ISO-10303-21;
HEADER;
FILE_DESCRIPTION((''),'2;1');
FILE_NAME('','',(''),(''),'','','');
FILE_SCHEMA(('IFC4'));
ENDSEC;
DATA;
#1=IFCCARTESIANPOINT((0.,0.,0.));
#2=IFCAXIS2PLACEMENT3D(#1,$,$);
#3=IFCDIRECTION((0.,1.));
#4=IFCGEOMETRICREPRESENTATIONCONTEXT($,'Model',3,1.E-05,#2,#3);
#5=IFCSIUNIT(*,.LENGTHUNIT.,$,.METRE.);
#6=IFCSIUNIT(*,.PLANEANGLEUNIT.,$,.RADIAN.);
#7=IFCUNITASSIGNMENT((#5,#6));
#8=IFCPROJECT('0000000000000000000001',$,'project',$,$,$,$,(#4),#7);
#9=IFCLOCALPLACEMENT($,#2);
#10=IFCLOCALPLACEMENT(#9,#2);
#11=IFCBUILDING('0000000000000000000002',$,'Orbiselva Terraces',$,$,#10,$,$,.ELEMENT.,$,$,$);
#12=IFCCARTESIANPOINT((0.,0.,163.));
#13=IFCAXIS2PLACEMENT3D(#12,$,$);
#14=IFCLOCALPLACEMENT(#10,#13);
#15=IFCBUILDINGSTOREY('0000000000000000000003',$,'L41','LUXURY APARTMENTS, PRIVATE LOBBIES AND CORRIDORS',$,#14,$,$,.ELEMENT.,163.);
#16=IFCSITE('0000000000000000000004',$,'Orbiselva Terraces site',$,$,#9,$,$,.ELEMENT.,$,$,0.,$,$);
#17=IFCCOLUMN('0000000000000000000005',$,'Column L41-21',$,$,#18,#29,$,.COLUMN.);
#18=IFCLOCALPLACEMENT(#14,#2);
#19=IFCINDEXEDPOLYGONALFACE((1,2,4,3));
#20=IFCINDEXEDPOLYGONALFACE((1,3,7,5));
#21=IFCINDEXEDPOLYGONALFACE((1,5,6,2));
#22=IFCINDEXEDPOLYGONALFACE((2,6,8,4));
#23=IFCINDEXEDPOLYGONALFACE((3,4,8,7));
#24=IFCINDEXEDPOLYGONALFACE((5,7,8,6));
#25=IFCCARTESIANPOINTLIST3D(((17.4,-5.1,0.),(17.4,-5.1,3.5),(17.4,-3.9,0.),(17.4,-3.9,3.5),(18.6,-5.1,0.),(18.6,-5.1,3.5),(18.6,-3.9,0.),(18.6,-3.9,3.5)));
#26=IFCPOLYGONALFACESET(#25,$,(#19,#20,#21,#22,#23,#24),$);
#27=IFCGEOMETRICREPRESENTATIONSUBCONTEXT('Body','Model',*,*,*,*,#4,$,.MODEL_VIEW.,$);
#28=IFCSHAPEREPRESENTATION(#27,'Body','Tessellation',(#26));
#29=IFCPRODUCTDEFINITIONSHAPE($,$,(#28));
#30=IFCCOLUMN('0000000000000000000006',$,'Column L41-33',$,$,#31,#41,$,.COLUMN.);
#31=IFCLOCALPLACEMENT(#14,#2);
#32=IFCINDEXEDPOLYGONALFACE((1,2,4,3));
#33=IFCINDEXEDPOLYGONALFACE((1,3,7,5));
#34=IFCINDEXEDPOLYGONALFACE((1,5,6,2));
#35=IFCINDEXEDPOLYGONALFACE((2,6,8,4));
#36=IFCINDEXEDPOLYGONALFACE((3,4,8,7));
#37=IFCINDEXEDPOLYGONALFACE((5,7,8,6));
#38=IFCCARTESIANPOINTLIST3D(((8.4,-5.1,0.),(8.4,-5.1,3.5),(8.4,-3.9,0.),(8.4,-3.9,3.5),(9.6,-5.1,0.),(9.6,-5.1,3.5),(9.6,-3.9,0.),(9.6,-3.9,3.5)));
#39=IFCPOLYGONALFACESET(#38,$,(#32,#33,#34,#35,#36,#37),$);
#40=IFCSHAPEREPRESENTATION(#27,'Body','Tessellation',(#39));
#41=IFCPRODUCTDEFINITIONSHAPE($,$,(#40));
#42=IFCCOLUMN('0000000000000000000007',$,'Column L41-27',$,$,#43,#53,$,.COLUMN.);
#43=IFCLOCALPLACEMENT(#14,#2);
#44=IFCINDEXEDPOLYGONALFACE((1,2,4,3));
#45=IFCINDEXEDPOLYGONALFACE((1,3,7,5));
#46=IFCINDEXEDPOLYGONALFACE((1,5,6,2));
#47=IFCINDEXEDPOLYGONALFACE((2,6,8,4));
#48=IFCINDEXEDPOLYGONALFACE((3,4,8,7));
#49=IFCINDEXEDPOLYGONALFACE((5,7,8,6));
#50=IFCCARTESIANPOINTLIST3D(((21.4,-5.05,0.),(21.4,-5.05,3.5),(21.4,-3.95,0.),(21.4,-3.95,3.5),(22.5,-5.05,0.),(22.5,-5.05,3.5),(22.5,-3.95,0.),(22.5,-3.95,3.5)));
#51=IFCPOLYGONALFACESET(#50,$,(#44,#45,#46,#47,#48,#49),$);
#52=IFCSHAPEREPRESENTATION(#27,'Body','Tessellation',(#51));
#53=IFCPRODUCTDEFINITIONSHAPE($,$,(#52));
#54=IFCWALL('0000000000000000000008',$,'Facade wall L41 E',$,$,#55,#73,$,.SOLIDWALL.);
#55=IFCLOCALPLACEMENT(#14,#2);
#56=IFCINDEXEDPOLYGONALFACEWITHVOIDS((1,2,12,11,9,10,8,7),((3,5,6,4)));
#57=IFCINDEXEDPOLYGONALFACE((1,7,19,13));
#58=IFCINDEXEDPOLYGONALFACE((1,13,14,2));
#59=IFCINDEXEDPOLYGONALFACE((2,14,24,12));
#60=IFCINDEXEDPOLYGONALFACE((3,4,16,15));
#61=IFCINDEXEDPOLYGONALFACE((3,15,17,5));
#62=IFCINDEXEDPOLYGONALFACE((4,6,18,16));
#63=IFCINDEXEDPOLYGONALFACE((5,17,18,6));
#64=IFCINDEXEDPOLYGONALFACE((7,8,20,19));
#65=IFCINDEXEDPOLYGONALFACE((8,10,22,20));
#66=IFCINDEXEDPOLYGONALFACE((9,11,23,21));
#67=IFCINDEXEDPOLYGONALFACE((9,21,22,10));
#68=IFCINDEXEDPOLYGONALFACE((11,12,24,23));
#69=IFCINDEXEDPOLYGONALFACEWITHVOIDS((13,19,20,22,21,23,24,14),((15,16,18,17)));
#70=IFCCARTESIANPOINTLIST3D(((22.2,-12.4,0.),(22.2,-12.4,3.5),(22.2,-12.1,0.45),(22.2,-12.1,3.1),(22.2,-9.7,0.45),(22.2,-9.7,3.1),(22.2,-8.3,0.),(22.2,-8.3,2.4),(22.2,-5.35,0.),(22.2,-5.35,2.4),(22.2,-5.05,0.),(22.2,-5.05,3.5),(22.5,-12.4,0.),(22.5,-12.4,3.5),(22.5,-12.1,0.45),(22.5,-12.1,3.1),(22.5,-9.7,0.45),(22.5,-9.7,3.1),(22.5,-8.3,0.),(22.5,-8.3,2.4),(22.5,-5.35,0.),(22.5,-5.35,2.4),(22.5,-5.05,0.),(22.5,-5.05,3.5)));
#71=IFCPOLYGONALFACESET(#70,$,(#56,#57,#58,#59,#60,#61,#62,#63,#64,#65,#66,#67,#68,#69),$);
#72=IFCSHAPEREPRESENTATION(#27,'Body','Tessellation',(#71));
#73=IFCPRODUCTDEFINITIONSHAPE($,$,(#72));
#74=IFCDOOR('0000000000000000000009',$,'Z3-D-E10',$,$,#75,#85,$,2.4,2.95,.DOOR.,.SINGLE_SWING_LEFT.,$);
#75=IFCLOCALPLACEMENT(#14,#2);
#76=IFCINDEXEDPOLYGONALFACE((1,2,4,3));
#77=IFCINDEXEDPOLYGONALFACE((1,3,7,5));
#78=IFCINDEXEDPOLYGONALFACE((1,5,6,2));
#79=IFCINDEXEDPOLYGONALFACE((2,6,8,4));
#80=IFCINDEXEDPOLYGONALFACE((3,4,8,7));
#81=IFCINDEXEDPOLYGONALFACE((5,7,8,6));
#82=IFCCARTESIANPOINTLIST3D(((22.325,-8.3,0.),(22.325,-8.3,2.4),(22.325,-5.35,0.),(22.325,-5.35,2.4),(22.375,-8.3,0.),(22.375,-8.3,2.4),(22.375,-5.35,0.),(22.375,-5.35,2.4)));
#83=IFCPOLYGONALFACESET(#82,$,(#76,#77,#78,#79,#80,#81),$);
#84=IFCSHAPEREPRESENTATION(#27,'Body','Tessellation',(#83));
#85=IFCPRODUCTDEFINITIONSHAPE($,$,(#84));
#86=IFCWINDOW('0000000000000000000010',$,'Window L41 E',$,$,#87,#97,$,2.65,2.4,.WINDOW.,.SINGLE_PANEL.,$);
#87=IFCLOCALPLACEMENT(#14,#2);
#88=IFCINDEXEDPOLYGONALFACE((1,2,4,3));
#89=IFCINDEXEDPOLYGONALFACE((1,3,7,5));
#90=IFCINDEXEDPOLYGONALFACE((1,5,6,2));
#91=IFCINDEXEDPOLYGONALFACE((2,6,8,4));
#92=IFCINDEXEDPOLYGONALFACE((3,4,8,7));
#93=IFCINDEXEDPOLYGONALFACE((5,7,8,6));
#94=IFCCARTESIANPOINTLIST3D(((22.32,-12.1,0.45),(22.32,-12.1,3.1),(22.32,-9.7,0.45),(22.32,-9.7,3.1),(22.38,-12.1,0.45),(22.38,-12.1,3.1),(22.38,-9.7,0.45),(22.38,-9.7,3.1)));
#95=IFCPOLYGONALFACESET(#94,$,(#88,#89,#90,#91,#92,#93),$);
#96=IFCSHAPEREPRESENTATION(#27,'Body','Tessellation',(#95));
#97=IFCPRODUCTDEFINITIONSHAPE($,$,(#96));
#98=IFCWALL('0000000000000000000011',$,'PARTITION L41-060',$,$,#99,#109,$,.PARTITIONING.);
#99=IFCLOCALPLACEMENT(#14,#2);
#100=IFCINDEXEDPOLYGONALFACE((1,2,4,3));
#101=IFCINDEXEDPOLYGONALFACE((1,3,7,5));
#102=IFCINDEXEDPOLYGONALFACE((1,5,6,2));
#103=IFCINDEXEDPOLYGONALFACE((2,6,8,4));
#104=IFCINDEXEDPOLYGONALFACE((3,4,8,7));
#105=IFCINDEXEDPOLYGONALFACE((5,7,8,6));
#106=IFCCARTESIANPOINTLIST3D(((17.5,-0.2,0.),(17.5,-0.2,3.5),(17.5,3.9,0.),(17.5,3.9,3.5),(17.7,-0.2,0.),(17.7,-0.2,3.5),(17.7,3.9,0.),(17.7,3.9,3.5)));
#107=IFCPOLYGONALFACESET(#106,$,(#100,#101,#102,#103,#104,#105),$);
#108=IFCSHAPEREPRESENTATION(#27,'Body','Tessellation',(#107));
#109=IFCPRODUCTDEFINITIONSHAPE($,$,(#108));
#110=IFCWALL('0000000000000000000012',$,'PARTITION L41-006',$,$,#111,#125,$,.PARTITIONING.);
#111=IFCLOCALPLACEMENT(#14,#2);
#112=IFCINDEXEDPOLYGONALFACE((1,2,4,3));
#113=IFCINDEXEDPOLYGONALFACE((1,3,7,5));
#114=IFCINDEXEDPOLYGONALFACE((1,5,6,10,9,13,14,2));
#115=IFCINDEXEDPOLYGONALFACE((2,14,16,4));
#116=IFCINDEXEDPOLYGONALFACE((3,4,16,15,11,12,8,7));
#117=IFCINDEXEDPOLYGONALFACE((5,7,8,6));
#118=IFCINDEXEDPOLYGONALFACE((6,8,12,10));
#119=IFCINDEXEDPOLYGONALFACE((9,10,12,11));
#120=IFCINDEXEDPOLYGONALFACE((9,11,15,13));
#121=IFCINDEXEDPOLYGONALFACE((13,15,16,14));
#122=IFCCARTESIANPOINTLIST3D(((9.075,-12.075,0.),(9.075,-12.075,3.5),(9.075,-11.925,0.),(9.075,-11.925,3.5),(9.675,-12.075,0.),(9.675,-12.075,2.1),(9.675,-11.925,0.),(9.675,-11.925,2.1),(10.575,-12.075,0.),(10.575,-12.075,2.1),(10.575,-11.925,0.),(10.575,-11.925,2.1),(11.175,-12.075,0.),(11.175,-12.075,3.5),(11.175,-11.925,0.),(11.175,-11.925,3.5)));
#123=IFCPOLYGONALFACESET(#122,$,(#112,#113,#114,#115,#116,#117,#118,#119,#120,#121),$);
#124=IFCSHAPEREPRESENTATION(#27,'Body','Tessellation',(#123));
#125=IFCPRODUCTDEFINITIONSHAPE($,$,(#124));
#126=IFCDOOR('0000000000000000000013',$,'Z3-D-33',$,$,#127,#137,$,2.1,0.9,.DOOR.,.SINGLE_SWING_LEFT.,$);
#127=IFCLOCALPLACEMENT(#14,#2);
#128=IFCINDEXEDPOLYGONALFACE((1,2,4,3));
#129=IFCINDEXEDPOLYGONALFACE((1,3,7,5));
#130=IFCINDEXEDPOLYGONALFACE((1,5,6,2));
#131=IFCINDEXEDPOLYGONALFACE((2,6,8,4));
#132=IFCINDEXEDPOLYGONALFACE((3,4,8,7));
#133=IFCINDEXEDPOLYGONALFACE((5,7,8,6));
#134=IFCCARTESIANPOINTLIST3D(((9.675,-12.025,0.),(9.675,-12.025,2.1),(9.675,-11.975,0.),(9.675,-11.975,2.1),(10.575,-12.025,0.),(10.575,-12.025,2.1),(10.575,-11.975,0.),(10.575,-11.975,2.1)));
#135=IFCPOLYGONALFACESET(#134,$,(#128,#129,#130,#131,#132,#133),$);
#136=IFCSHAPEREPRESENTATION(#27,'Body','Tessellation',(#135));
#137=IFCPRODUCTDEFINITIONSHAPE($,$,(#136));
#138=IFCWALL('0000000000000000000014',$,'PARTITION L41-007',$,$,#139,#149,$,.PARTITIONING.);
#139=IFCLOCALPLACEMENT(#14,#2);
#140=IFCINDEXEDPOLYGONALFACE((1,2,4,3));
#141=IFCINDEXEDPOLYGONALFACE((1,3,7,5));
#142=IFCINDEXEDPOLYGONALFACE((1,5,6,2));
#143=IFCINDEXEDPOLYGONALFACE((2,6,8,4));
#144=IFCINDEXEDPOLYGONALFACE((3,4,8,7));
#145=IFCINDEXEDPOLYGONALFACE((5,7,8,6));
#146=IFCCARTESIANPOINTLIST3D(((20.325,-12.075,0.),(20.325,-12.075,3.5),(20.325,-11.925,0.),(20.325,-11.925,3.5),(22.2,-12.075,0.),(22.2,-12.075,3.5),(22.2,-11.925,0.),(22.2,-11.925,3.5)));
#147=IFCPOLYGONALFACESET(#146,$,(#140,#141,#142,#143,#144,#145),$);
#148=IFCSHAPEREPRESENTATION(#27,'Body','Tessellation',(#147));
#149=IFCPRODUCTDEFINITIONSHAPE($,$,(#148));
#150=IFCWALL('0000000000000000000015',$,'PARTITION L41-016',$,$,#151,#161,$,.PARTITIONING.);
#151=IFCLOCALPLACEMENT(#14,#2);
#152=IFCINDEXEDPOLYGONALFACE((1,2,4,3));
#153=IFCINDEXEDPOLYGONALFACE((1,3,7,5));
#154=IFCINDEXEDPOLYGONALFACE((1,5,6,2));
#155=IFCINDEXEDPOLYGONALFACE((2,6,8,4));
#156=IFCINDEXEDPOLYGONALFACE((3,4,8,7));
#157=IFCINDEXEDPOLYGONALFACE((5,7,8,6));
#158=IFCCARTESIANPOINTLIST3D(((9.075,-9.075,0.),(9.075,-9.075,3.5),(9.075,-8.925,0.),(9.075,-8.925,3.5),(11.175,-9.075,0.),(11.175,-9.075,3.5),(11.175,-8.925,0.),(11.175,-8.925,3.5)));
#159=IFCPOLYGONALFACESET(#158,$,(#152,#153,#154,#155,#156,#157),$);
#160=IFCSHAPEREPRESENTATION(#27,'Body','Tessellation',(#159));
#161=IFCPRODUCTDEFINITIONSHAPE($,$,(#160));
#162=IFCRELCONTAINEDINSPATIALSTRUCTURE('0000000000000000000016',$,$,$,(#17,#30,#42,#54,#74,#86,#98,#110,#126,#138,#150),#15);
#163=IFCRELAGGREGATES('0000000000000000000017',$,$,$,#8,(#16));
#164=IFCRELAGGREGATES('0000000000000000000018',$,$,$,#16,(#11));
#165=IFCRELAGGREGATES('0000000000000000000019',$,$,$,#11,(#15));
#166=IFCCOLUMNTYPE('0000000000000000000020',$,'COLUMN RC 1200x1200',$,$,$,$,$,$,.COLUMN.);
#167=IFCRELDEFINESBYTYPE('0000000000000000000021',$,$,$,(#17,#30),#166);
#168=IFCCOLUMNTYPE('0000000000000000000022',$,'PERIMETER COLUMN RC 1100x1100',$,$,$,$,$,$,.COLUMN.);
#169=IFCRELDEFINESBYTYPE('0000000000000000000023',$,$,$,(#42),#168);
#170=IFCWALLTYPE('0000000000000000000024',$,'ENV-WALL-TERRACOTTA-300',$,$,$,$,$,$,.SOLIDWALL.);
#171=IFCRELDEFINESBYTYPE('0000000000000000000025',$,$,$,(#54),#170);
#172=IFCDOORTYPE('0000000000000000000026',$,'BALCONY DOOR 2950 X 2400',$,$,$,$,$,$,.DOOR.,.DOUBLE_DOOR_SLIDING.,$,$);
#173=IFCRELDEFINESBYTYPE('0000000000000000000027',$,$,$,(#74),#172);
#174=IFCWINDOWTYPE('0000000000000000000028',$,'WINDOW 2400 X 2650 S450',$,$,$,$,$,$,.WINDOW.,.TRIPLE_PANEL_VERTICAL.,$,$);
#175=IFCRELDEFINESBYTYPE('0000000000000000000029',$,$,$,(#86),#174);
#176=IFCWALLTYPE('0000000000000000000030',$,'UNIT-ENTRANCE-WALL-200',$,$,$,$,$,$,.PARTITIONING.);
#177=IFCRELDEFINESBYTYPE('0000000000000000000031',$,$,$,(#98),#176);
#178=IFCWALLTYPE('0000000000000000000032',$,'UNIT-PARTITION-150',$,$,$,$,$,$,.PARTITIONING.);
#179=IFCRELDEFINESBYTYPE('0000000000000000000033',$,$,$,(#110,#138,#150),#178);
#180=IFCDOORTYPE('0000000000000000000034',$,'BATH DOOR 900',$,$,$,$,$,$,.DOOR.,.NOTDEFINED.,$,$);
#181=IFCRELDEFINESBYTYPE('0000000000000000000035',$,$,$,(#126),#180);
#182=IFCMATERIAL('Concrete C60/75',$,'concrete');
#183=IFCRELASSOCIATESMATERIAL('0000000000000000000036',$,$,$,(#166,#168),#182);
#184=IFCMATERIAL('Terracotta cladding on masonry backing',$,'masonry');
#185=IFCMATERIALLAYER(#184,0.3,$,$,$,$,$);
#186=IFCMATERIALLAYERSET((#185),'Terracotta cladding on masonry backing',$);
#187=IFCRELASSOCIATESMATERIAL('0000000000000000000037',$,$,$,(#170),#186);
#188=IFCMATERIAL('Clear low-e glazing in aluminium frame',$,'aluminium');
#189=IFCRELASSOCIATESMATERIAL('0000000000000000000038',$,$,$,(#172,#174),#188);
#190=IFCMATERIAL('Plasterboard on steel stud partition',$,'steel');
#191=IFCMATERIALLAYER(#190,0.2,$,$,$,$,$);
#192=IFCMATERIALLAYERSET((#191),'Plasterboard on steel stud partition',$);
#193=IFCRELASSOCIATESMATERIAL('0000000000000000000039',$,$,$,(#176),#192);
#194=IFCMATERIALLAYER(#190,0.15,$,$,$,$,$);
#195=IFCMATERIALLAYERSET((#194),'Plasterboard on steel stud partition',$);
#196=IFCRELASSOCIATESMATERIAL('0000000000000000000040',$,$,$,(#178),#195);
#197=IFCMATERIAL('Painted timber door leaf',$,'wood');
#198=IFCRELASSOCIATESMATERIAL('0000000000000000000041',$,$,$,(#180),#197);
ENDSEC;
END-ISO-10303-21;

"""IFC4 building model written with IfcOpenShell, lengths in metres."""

from ifc_helpers import new_model, si_unit, direction, frame, frame_2d, origin, origin_2d, place, context, subcontext, project, spatial, rectangle, extrude, material, layer, layer_set, material_profile, profile_set, type_object, element, fill, save


model = new_model("IFC4")

# Units and contexts
model_context = context("Model", 3, precision=1e-05, world=origin(), true_north=direction((0.0, 1.0)))
body_context = subcontext(model_context, "Body", "Model", "MODEL_VIEW")
ifc_project = project(units=[si_unit("LENGTHUNIT", "METRE"), si_unit("PLANEANGLEUNIT", "RADIAN")], contexts=[model_context])

# Site, building, storey
site_placement = place(None, origin())
site = spatial("IfcSite", under=ifc_project, at=site_placement, Name="Orbiselva Terraces site", CompositionType="ELEMENT", RefElevation=0.0)
building_placement = place(site_placement, origin())
building = spatial("IfcBuilding", under=site, at=building_placement, Name="Orbiselva Terraces", CompositionType="ELEMENT")
storey_placement = place(building_placement, frame((0.0, 0.0, 163.0)))
storey = spatial("IfcBuildingStorey", under=building, at=storey_placement, Name="L41", Description="LUXURY APARTMENTS, PRIVATE LOBBIES AND CORRIDORS", CompositionType="ELEMENT", Elevation=163.0)

# Columns
ifc_material_1 = material(Name="Concrete C60/75", Category="concrete")
ifc_material_profile_1 = material_profile(ifc_material_1, rectangle(XDim=1.2, YDim=1.2, at=origin_2d()), Name="RC 1200x1200")
ifc_profile_set_1 = profile_set([ifc_material_profile_1], Name="Concrete C60/75")
column_type_1 = type_object("IfcColumnType", Name="COLUMN RC 1200x1200", PredefinedType="COLUMN", material=ifc_profile_set_1)
for number, where, z_axis, x_axis, name in (
    (1, (18.0, -4.5, 0.0), (0.0, 0.0, 1.0), (1.0, 0.0, 0.0), "Column L41-21"),
    (2, (9.0, -4.5, 0.0), (0.0, 0.0, 1.0), (1.0, 0.0, 0.0), "Column L41-33"),
):
    element("IfcColumn", number, at=place(storey_placement, frame(where, z_axis=z_axis, x_axis=x_axis)), inside=storey, type_object=column_type_1, Name=name, PredefinedType="COLUMN", context=body_context, shape_type="SweptSolid", body=[
        extrude(rectangle(XDim=1.2, YDim=1.2, at=origin_2d()), origin(), (0.0, 0.0, 1.0), 3.5),
    ])
ifc_material_profile_2 = material_profile(ifc_material_1, rectangle(XDim=1.1, YDim=1.1, at=origin_2d()), Name="RC 1100x1100")
ifc_profile_set_2 = profile_set([ifc_material_profile_2], Name="Concrete C60/75")
column_type_2 = type_object("IfcColumnType", Name="PERIMETER COLUMN RC 1100x1100", PredefinedType="COLUMN", material=ifc_profile_set_2)
column_placement = place(storey_placement, frame((21.95, -4.5, 0.0), z_axis=(0.0, 0.0, 1.0), x_axis=(1.0, 0.0, 0.0)))
element("IfcColumn", 3, at=column_placement, inside=storey, type_object=column_type_2, Name="Column L41-27", PredefinedType="COLUMN", context=body_context, shape_type="SweptSolid", body=[
    extrude(rectangle(XDim=1.1, YDim=1.1, at=origin_2d()), origin(), (0.0, 0.0, 1.0), 3.5),
])

# Wall, openings, door, window
ifc_material_2 = material(Name="Terracotta cladding on masonry backing", Category="masonry")
ifc_layer_1 = layer(ifc_material_2, 0.3)
ifc_layer_set_1 = layer_set([ifc_layer_1], Name="Terracotta cladding on masonry backing")
wall_type_1 = type_object("IfcWallType", Name="ENV-WALL-TERRACOTTA-300", PredefinedType="SOLIDWALL", material=ifc_layer_set_1)
wall_1_placement = place(storey_placement, frame((22.35, -5.05, 0.0), z_axis=(0.0, 0.0, 1.0), x_axis=(0.0, -1.0, 0.0)))
wall_1 = element("IfcWall", 4, at=wall_1_placement, inside=storey, type_object=wall_type_1, Name="Facade wall L41 E", PredefinedType="SOLIDWALL", context=body_context, shape_type="SweptSolid", body=[
    extrude(rectangle(XDim=7.35, YDim=0.3, at=frame_2d((3.675, 0.0))), origin(), (0.0, 0.0, 1.0), 3.5),
])
opening_1_placement = place(wall_1_placement, frame((4.65, 0.0, 0.45)))
opening_1 = element("IfcOpeningElement", 5, at=opening_1_placement, cuts=wall_1, PredefinedType="OPENING", context=body_context, shape_type="SweptSolid", body=[
    extrude(rectangle(XDim=2.4, YDim=2.65, at=frame_2d((1.2, 1.325))), frame((0.0, 0.16, 0.0), z_axis=(0.0, -1.0, 0.0), x_axis=(1.0, 0.0, 0.0)), (0.0, 0.0, 1.0), 0.32),
])
opening_2_placement = place(wall_1_placement, frame((0.3, 0.0, 0.0)))
opening_2 = element("IfcOpeningElement", 6, at=opening_2_placement, cuts=wall_1, PredefinedType="OPENING", context=body_context, shape_type="SweptSolid", body=[
    extrude(rectangle(XDim=2.95, YDim=2.4, at=frame_2d((1.475, 1.2))), frame((0.0, 0.16, 0.0), z_axis=(0.0, -1.0, 0.0), x_axis=(1.0, 0.0, 0.0)), (0.0, 0.0, 1.0), 0.32),
])
ifc_material_3 = material(Name="Clear low-e glazing in aluminium frame", Category="aluminium")
door_type_1 = type_object("IfcDoorType", Name="BALCONY DOOR 2950 X 2400", OperationType="DOUBLE_DOOR_SLIDING", PredefinedType="DOOR", material=ifc_material_3)
door_1_placement = place(opening_2_placement, origin())
door_1 = element("IfcDoor", 7, at=door_1_placement, inside=storey, type_object=door_type_1, Name="Z3-D-E10", OperationType="SINGLE_SWING_LEFT", OverallHeight=2.4, OverallWidth=2.95, PredefinedType="DOOR", context=body_context, shape_type="SweptSolid", body=[
    extrude(rectangle(XDim=2.95, YDim=2.4, at=frame_2d((1.475, 1.2))), frame((0.0, 0.025, 0.0), z_axis=(0.0, -1.0, 0.0), x_axis=(1.0, 0.0, 0.0)), (0.0, 0.0, 1.0), 0.05),
])
fill(opening_2, door_1)
window_type = type_object("IfcWindowType", Name="WINDOW 2400 X 2650 S450", PartitioningType="TRIPLE_PANEL_VERTICAL", PredefinedType="WINDOW", material=ifc_material_3)
window_placement = place(opening_1_placement, origin())
window = element("IfcWindow", 8, at=window_placement, inside=storey, type_object=window_type, Name="Window L41 E", OverallHeight=2.65, OverallWidth=2.4, PartitioningType="SINGLE_PANEL", PredefinedType="WINDOW", context=body_context, shape_type="SweptSolid", body=[
    extrude(rectangle(XDim=2.4, YDim=2.65, at=frame_2d((1.2, 1.325))), frame((0.0, 0.03, 0.0), z_axis=(0.0, -1.0, 0.0), x_axis=(1.0, 0.0, 0.0)), (0.0, 0.0, 1.0), 0.06),
])
fill(opening_1, window)

# Wall
ifc_material_4 = material(Name="Plasterboard on steel stud partition", Category="steel")
ifc_layer_2 = layer(ifc_material_4, 0.2)
ifc_layer_set_2 = layer_set([ifc_layer_2], Name="Plasterboard on steel stud partition")
wall_type_2 = type_object("IfcWallType", Name="UNIT-ENTRANCE-WALL-200", PredefinedType="PARTITIONING", material=ifc_layer_set_2)
wall_2_placement = place(storey_placement, frame((17.6, -0.2, 0.0), z_axis=(0.0, 0.0, 1.0), x_axis=(0.0, 1.0, 0.0)))
element("IfcWall", 9, at=wall_2_placement, inside=storey, type_object=wall_type_2, Name="PARTITION L41-060", PredefinedType="PARTITIONING", context=body_context, shape_type="SweptSolid", body=[
    extrude(rectangle(XDim=4.1, YDim=0.2, at=frame_2d((2.05, 0.0))), origin(), (0.0, 0.0, 1.0), 3.5),
])

# Wall, opening, door
ifc_layer_3 = layer(ifc_material_4, 0.15)
ifc_layer_set_3 = layer_set([ifc_layer_3], Name="Plasterboard on steel stud partition")
wall_type_3 = type_object("IfcWallType", Name="UNIT-PARTITION-150", PredefinedType="PARTITIONING", material=ifc_layer_set_3)
wall_3_placement = place(storey_placement, frame((9.075, -12.0, 0.0), z_axis=(0.0, 0.0, 1.0), x_axis=(1.0, 0.0, 0.0)))
wall_3 = element("IfcWall", 10, at=wall_3_placement, inside=storey, type_object=wall_type_3, Name="PARTITION L41-006", PredefinedType="PARTITIONING", context=body_context, shape_type="SweptSolid", body=[
    extrude(rectangle(XDim=2.1, YDim=0.15, at=frame_2d((1.05, 0.0))), origin(), (0.0, 0.0, 1.0), 3.5),
])
opening_3_placement = place(wall_3_placement, frame((0.6, 0.0, 0.0)))
opening_3 = element("IfcOpeningElement", 11, at=opening_3_placement, cuts=wall_3, PredefinedType="OPENING", context=body_context, shape_type="SweptSolid", body=[
    extrude(rectangle(XDim=0.9, YDim=2.1, at=frame_2d((0.45, 1.05))), frame((0.0, 0.085, 0.0), z_axis=(0.0, -1.0, 0.0), x_axis=(1.0, 0.0, 0.0)), (0.0, 0.0, 1.0), 0.17),
])
ifc_material_5 = material(Name="Painted timber door leaf", Category="wood")
door_type_2 = type_object("IfcDoorType", Name="BATH DOOR 900", OperationType="NOTDEFINED", PredefinedType="DOOR", material=ifc_material_5)
door_2_placement = place(opening_3_placement, origin())
door_2 = element("IfcDoor", 12, at=door_2_placement, inside=storey, type_object=door_type_2, Name="Z3-D-33", OperationType="SINGLE_SWING_LEFT", OverallHeight=2.1, OverallWidth=0.9, PredefinedType="DOOR", context=body_context, shape_type="SweptSolid", body=[
    extrude(rectangle(XDim=0.9, YDim=2.1, at=frame_2d((0.45, 1.05))), frame((0.0, 0.025, 0.0), z_axis=(0.0, -1.0, 0.0), x_axis=(1.0, 0.0, 0.0)), (0.0, 0.0, 1.0), 0.05),
])
fill(opening_3, door_2)

# Walls
wall_4_placement = place(storey_placement, frame((20.325, -12.0, 0.0), z_axis=(0.0, 0.0, 1.0), x_axis=(1.0, 0.0, 0.0)))
element("IfcWall", 13, at=wall_4_placement, inside=storey, type_object=wall_type_3, Name="PARTITION L41-007", PredefinedType="PARTITIONING", context=body_context, shape_type="SweptSolid", body=[
    extrude(rectangle(XDim=1.875, YDim=0.15, at=frame_2d((0.9375, 0.0))), origin(), (0.0, 0.0, 1.0), 3.5),
])
wall_5_placement = place(storey_placement, frame((9.075, -9.0, 0.0), z_axis=(0.0, 0.0, 1.0), x_axis=(1.0, 0.0, 0.0)))
element("IfcWall", 14, at=wall_5_placement, inside=storey, type_object=wall_type_3, Name="PARTITION L41-016", PredefinedType="PARTITIONING", context=body_context, shape_type="SweptSolid", body=[
    extrude(rectangle(XDim=2.1, YDim=0.15, at=frame_2d((1.05, 0.0))), origin(), (0.0, 0.0, 1.0), 3.5),
])

save(model, "model.ifc")
